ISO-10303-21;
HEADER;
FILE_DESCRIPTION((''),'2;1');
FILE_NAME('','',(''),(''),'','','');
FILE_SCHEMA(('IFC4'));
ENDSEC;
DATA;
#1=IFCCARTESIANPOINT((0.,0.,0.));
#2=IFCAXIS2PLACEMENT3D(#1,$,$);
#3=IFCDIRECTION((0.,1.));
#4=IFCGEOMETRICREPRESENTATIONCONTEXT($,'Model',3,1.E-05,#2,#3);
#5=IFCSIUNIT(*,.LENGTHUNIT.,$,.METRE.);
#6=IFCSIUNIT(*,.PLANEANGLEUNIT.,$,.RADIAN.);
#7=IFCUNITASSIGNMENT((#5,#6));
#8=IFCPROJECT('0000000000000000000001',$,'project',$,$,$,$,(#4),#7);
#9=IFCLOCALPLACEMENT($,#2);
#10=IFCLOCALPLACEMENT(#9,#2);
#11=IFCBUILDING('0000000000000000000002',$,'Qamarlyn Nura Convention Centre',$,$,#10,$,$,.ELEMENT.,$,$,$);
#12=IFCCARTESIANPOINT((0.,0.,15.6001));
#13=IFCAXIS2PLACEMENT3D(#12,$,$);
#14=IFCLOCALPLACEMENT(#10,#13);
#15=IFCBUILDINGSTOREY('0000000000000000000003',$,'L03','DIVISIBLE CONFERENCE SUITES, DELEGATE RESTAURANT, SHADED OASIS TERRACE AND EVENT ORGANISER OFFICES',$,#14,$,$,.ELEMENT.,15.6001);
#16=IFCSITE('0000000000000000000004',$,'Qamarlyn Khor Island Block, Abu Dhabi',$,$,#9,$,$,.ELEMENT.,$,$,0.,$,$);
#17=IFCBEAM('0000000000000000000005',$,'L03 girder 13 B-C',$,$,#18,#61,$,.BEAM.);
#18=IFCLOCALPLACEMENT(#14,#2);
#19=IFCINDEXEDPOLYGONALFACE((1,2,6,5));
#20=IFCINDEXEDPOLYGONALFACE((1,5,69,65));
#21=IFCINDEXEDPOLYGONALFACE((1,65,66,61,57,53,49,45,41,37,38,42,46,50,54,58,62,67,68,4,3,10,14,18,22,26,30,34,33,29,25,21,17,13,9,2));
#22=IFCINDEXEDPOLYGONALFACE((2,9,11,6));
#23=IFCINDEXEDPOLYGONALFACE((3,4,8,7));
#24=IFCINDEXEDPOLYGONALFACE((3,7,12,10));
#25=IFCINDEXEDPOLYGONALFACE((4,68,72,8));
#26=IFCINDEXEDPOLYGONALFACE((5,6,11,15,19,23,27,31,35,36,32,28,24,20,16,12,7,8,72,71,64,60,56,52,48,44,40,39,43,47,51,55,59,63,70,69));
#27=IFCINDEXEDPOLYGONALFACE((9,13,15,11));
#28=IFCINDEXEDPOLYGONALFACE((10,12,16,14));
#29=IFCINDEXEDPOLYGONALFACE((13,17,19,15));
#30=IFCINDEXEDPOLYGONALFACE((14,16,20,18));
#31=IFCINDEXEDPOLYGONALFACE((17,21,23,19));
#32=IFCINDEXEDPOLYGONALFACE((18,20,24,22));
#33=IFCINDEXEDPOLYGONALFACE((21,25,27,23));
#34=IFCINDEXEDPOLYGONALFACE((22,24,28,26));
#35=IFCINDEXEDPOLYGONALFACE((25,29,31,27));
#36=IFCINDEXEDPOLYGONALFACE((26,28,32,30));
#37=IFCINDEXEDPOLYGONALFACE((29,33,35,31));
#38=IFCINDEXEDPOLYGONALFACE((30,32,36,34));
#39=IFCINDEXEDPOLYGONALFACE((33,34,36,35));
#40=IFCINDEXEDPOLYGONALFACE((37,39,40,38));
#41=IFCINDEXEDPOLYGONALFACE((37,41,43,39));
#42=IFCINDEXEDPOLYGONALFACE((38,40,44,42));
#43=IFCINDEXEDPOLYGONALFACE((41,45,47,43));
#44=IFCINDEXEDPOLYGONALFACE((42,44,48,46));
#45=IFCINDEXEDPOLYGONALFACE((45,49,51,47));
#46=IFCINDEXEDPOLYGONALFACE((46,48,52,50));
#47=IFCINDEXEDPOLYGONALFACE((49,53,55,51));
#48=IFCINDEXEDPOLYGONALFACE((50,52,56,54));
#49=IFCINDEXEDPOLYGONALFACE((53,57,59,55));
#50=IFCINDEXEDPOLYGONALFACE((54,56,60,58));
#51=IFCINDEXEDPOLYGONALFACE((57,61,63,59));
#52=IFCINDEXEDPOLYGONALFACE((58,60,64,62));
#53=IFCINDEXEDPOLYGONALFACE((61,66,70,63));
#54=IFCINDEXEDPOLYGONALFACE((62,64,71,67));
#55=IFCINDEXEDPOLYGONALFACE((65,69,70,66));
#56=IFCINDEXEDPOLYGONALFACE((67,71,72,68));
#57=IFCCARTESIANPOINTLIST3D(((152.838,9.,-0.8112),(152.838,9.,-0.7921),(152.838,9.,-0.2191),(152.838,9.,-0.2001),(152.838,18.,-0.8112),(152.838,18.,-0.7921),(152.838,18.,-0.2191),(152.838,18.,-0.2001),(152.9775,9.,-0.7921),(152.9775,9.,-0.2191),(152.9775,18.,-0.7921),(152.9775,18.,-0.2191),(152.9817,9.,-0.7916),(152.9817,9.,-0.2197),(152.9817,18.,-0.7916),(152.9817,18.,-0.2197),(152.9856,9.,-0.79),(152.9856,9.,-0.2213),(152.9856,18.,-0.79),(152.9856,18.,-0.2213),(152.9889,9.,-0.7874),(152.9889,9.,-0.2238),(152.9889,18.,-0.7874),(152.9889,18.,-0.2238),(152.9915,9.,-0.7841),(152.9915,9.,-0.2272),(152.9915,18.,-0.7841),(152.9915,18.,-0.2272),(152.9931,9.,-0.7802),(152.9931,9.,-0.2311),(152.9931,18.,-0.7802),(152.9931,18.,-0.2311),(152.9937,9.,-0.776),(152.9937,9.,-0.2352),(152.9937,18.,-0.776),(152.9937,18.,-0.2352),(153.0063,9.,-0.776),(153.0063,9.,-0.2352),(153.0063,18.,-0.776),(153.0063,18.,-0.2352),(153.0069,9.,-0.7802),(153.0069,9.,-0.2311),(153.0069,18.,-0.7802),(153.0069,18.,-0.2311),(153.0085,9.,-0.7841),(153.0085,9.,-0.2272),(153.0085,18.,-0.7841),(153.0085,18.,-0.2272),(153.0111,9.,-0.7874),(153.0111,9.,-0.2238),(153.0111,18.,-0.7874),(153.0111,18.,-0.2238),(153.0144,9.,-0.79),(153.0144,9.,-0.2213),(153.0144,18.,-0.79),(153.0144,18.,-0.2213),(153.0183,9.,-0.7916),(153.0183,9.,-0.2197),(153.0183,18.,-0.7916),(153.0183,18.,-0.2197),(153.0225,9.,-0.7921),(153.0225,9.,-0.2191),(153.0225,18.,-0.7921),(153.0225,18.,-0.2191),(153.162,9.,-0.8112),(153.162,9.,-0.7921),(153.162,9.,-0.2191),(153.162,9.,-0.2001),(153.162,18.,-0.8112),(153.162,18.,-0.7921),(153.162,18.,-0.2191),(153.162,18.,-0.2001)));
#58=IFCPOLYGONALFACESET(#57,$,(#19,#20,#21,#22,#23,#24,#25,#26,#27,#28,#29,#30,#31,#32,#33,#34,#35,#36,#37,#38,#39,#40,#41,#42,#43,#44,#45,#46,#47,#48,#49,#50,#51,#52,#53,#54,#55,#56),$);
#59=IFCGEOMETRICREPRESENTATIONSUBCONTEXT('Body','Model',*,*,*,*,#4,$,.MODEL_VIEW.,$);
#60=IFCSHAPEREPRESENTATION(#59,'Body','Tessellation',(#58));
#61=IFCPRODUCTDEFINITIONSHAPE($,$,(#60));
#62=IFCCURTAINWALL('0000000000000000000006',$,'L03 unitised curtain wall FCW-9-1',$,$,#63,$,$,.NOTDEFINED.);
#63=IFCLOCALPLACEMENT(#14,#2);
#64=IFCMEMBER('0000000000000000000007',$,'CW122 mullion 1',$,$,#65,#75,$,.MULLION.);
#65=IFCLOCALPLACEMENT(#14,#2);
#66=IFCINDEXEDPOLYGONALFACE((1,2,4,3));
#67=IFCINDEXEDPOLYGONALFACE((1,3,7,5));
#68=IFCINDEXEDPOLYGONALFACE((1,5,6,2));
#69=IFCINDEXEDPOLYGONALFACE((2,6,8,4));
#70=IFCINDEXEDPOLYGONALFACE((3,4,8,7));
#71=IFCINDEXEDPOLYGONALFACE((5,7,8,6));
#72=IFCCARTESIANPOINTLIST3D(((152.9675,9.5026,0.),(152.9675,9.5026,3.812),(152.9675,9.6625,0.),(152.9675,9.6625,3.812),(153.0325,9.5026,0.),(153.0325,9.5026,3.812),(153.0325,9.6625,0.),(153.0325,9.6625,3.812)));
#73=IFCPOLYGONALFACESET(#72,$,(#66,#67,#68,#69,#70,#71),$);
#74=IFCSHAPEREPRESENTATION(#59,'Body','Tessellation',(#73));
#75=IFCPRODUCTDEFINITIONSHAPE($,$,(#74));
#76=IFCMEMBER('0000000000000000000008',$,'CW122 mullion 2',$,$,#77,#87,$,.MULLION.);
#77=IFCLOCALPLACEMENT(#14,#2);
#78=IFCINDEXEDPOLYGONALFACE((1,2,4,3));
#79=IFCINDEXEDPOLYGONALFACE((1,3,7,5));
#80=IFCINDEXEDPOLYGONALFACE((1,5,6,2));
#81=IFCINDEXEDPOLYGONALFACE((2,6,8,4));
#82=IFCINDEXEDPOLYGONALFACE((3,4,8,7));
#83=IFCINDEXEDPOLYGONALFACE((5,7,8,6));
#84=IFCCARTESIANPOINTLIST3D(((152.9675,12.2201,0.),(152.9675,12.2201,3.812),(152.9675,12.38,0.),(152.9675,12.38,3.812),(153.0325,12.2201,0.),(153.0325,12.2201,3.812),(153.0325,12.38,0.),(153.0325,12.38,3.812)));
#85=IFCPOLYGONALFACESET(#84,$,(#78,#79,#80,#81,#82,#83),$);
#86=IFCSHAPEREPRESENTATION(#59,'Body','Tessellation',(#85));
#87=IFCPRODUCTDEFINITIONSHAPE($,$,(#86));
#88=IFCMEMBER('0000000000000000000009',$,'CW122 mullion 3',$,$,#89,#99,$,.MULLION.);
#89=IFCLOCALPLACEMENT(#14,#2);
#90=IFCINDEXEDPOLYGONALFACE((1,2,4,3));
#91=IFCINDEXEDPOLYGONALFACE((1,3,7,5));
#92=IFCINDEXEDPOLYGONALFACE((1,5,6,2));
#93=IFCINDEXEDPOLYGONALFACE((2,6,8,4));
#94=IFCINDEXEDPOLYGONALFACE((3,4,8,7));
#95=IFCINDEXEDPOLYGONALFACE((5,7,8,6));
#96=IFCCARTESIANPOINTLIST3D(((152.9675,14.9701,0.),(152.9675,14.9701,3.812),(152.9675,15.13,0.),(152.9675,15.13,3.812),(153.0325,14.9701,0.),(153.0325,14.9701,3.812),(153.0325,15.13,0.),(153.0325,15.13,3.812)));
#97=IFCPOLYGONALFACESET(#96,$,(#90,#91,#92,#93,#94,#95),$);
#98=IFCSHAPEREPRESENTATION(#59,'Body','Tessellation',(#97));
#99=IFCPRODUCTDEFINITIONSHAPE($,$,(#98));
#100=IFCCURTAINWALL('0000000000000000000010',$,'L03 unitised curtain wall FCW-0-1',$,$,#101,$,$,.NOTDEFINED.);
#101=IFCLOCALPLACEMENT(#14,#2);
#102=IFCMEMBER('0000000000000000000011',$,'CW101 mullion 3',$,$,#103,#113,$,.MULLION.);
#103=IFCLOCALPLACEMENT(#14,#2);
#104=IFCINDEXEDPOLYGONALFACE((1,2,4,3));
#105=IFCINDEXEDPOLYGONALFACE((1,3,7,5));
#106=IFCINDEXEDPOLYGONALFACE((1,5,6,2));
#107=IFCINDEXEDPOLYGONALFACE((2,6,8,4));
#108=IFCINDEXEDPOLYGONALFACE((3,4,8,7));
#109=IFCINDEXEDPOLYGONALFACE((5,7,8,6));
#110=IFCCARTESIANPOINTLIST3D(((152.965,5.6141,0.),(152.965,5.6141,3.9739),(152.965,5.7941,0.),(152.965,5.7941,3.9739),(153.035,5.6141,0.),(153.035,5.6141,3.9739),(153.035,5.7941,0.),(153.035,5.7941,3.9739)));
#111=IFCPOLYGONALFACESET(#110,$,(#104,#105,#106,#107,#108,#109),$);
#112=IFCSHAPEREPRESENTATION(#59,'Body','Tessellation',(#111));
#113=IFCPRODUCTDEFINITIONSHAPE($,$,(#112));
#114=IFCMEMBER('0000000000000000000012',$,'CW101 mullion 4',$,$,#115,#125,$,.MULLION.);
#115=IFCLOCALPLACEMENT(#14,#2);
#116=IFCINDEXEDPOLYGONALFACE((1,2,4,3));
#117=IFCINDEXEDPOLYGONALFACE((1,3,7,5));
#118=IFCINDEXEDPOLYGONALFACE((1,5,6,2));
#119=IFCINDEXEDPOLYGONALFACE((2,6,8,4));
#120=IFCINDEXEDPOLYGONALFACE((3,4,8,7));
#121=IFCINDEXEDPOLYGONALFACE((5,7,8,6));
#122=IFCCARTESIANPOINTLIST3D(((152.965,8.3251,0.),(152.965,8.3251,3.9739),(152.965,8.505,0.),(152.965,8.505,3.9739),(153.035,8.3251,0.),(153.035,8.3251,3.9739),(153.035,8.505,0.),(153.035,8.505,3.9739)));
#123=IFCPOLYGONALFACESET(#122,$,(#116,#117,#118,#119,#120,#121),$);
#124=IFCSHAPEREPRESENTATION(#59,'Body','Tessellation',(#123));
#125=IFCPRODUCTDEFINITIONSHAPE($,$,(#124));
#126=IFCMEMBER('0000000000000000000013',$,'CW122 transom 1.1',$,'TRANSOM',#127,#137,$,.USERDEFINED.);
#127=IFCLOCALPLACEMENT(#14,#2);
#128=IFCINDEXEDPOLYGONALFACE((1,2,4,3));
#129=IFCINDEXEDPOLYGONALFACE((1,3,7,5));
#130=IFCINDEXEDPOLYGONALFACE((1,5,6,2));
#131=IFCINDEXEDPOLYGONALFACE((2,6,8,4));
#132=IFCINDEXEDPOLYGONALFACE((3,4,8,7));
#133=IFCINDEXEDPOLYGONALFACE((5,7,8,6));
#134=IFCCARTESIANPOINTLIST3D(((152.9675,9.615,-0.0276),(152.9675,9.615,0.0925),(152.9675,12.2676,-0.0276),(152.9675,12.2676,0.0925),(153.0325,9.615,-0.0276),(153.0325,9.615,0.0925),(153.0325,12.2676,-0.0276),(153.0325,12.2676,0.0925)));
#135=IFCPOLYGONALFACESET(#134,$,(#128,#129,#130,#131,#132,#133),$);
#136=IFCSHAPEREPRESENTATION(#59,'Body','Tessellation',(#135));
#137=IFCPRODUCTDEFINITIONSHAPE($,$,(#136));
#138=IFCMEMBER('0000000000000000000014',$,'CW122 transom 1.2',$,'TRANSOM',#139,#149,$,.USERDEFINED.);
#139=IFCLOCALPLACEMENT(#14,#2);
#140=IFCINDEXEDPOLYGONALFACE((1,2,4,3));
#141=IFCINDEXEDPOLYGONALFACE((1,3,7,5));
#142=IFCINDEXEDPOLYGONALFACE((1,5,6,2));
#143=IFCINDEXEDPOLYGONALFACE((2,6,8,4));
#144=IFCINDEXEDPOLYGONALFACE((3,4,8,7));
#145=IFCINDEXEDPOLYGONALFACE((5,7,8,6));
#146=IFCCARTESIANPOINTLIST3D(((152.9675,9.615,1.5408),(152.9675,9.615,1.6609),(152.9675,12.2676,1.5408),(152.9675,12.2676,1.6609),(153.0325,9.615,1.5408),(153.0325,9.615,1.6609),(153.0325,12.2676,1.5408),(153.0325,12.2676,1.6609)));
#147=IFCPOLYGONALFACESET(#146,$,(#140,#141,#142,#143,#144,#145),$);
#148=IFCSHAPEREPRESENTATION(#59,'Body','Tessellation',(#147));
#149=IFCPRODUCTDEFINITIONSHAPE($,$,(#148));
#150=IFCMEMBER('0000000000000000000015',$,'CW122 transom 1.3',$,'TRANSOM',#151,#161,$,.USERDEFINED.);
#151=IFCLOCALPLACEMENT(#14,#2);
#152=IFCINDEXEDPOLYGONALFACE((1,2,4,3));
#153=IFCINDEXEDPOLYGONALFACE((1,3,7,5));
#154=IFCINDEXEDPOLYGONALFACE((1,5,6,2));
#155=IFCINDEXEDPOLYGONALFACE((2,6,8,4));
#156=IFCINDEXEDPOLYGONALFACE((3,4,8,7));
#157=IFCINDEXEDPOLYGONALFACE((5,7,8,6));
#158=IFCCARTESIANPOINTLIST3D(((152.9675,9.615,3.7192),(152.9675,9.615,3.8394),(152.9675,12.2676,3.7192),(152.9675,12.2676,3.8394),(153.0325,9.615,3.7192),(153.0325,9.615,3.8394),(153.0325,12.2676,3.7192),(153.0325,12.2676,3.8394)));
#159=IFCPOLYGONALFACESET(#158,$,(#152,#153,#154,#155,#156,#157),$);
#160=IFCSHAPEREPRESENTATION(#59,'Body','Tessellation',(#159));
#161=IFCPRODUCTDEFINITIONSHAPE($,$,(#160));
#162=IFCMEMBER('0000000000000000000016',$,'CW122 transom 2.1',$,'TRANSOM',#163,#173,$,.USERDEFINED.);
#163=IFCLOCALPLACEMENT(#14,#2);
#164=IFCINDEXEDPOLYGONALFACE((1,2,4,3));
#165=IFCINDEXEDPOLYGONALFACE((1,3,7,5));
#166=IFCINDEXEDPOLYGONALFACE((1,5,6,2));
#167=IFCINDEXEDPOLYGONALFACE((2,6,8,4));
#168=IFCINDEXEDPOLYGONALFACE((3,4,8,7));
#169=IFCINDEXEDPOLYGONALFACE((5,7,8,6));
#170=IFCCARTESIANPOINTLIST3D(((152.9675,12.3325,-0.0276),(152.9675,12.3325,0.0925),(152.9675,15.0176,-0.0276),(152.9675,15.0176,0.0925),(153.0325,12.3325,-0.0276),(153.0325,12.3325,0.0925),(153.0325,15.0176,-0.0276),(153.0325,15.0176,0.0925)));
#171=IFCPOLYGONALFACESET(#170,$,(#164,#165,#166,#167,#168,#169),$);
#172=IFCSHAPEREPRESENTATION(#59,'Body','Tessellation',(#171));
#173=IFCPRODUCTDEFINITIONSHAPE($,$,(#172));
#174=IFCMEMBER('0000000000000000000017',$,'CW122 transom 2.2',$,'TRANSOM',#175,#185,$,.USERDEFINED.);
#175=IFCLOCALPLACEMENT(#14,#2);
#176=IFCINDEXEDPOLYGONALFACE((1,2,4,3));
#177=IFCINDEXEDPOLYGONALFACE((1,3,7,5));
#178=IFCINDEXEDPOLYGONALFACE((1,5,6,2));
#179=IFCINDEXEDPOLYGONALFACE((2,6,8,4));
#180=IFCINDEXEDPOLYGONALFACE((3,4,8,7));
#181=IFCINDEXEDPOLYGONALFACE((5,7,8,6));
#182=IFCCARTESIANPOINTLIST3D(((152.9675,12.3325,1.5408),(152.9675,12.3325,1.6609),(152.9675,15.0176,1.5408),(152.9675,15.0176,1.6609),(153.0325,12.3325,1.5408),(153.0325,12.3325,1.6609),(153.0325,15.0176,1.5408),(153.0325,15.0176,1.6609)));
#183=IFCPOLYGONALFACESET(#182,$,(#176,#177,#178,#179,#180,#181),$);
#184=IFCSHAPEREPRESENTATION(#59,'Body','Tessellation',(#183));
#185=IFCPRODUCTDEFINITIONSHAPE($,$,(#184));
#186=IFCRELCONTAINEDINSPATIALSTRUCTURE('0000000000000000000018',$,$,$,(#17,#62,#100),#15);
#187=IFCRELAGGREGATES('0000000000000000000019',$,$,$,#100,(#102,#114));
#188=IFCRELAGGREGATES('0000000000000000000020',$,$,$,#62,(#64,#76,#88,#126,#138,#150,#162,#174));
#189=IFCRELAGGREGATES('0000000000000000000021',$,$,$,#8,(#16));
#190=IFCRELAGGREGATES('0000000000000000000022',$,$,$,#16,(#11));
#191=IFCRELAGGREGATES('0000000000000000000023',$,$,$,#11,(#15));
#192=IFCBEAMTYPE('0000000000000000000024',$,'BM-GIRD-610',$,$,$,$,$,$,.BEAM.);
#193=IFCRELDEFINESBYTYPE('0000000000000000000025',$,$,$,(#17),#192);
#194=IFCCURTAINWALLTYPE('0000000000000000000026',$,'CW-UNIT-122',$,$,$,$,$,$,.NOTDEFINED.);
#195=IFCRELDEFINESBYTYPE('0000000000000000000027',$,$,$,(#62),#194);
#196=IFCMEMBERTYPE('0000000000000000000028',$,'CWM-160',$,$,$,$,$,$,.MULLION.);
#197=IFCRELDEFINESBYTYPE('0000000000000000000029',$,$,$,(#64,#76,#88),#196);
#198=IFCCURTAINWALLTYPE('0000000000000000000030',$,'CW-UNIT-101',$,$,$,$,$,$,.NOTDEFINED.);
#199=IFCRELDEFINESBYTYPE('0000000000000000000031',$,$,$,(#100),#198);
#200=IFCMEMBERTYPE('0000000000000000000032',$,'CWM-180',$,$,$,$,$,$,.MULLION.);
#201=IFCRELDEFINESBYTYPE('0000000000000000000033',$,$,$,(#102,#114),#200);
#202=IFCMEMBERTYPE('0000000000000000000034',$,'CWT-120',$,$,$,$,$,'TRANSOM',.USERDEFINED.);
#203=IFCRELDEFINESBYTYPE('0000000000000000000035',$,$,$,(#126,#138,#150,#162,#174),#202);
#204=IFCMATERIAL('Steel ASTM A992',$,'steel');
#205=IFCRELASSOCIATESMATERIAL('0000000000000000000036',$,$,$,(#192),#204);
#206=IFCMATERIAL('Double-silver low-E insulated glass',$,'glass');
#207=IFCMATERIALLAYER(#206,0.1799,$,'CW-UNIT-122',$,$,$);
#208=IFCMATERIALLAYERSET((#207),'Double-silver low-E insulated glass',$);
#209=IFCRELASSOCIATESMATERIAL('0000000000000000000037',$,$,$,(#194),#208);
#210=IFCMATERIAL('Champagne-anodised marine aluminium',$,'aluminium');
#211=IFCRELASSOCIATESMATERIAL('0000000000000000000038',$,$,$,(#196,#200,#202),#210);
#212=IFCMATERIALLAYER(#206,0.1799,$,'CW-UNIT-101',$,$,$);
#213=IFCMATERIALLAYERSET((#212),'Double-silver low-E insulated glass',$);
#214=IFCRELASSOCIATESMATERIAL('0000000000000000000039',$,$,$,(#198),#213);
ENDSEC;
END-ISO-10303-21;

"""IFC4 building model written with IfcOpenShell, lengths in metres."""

from ifc_helpers import new_model, si_unit, direction, frame, origin, origin_2d, place, context, subcontext, project, spatial, rectangle, i_section, extrude, material, layer, layer_set, material_profile, profile_set, type_object, element, aggregate, save


model = new_model("IFC4")

# Units and contexts
model_context = context("Model", 3, precision=1e-05, world=origin(), true_north=direction((0.0, 1.0)))
body_context = subcontext(model_context, "Body", "Model", "MODEL_VIEW")
ifc_project = project(units=[si_unit("LENGTHUNIT", "METRE"), si_unit("PLANEANGLEUNIT", "RADIAN")], contexts=[model_context])

# Site, building, storey
site_placement = place(None, origin())
site = spatial("IfcSite", under=ifc_project, at=site_placement, Name="Qamarlyn Khor Island Block, Abu Dhabi", CompositionType="ELEMENT", RefElevation=0.0)
building_placement = place(site_placement, origin())
building = spatial("IfcBuilding", under=site, at=building_placement, Name="Qamarlyn Nura Convention Centre", CompositionType="ELEMENT")
storey_placement = place(building_placement, frame((0.0, 0.0, 15.6001)))
storey = spatial("IfcBuildingStorey", under=building, at=storey_placement, Name="L03", Description="DIVISIBLE CONFERENCE SUITES, DELEGATE RESTAURANT, SHADED OASIS TERRACE AND EVENT ORGANISER OFFICES", CompositionType="ELEMENT", Elevation=15.6001)

# Beam
ifc_material_1 = material(Name="Steel ASTM A992", Category="steel")
ifc_material_profile_1 = material_profile(ifc_material_1, i_section(OverallWidth=0.324, OverallDepth=0.6111, WebThickness=0.0127, FlangeThickness=0.019, FilletRadius=0.0161, at=origin_2d()), Name="W610X155")
ifc_profile_set_1 = profile_set([ifc_material_profile_1], Name="Steel ASTM A992")
beam_type = type_object("IfcBeamType", Name="BM-GIRD-610", PredefinedType="BEAM", material=ifc_profile_set_1)
beam_placement = place(storey_placement, frame((153.0, 9.0, -0.5056), z_axis=(0.0, 1.0, 0.0), x_axis=(-1.0, 0.0, 0.0)))
element("IfcBeam", 1, at=beam_placement, inside=storey, type_object=beam_type, Name="L03 girder 13 B-C", PredefinedType="BEAM", context=body_context, shape_type="SweptSolid", body=[
    extrude(i_section(OverallWidth=0.324, OverallDepth=0.6111, WebThickness=0.0127, FlangeThickness=0.019, FilletRadius=0.0161, at=origin_2d()), origin(), (0.0, 0.0, 1.0), 9.0),
])

# Curtain walls, members
ifc_material_2 = material(Name="Double-silver low-E insulated glass", Category="glass")
ifc_layer_1 = layer(ifc_material_2, 0.1799, Name="CW-UNIT-122")
ifc_layer_set_1 = layer_set([ifc_layer_1], Name="Double-silver low-E insulated glass")
curtain_wall_type_1 = type_object("IfcCurtainWallType", Name="CW-UNIT-122", PredefinedType="NOTDEFINED", material=ifc_layer_set_1)
curtain_wall_1_placement = place(storey_placement, origin())
curtain_wall_1 = element("IfcCurtainWall", 2, at=curtain_wall_1_placement, inside=storey, type_object=curtain_wall_type_1, Name="L03 unitised curtain wall FCW-9-1", PredefinedType="NOTDEFINED")
ifc_material_3 = material(Name="Champagne-anodised marine aluminium", Category="aluminium")
ifc_material_profile_2 = material_profile(ifc_material_3, rectangle(XDim=0.0649, YDim=0.1599, at=origin_2d()), Name="ALU MULLION 65x160")
ifc_profile_set_2 = profile_set([ifc_material_profile_2], Name="Champagne-anodised marine aluminium")
member_type_1 = type_object("IfcMemberType", Name="CWM-160", PredefinedType="MULLION", material=ifc_profile_set_2)
member_1_placement = place(storey_placement, frame((153.0, 9.5825, 0.0), z_axis=(0.0, 0.0, 1.0), x_axis=(-1.0, 0.0, 0.0)))
member_1 = element("IfcMember", 3, at=member_1_placement, type_object=member_type_1, Name="CW122 mullion 1", PredefinedType="MULLION", context=body_context, shape_type="SweptSolid", body=[
    extrude(rectangle(XDim=0.0649, YDim=0.1599, at=origin_2d()), origin(), (0.0, 0.0, 1.0), 3.812),
])
member_2_placement = place(storey_placement, frame((153.0, 12.3, 0.0), z_axis=(0.0, 0.0, 1.0), x_axis=(-1.0, 0.0, 0.0)))
member_2 = element("IfcMember", 4, at=member_2_placement, type_object=member_type_1, Name="CW122 mullion 2", PredefinedType="MULLION", context=body_context, shape_type="SweptSolid", body=[
    extrude(rectangle(XDim=0.0649, YDim=0.1599, at=origin_2d()), origin(), (0.0, 0.0, 1.0), 3.812),
])
member_3_placement = place(storey_placement, frame((153.0, 15.05, 0.0), z_axis=(0.0, 0.0, 1.0), x_axis=(-1.0, 0.0, 0.0)))
member_3 = element("IfcMember", 5, at=member_3_placement, type_object=member_type_1, Name="CW122 mullion 3", PredefinedType="MULLION", context=body_context, shape_type="SweptSolid", body=[
    extrude(rectangle(XDim=0.0649, YDim=0.1599, at=origin_2d()), origin(), (0.0, 0.0, 1.0), 3.812),
])
ifc_layer_2 = layer(ifc_material_2, 0.1799, Name="CW-UNIT-101")
ifc_layer_set_2 = layer_set([ifc_layer_2], Name="Double-silver low-E insulated glass")
curtain_wall_type_2 = type_object("IfcCurtainWallType", Name="CW-UNIT-101", PredefinedType="NOTDEFINED", material=ifc_layer_set_2)
curtain_wall_2_placement = place(storey_placement, origin())
curtain_wall_2 = element("IfcCurtainWall", 6, at=curtain_wall_2_placement, inside=storey, type_object=curtain_wall_type_2, Name="L03 unitised curtain wall FCW-0-1", PredefinedType="NOTDEFINED")
ifc_material_profile_3 = material_profile(ifc_material_3, rectangle(XDim=0.0701, YDim=0.1799, at=origin_2d()), Name="ALU MULLION 70x180")
ifc_profile_set_3 = profile_set([ifc_material_profile_3], Name="Champagne-anodised marine aluminium")
member_type_2 = type_object("IfcMemberType", Name="CWM-180", PredefinedType="MULLION", material=ifc_profile_set_3)
member_4_placement = place(storey_placement, frame((153.0, 5.7041, 0.0), z_axis=(0.0, 0.0, 1.0), x_axis=(-1.0, 0.0, 0.0)))
member_4 = element("IfcMember", 7, at=member_4_placement, type_object=member_type_2, Name="CW101 mullion 3", PredefinedType="MULLION", context=body_context, shape_type="SweptSolid", body=[
    extrude(rectangle(XDim=0.0701, YDim=0.1799, at=origin_2d()), origin(), (0.0, 0.0, 1.0), 3.9739),
])
member_5_placement = place(storey_placement, frame((153.0, 8.415, 0.0), z_axis=(0.0, 0.0, 1.0), x_axis=(-1.0, 0.0, 0.0)))
member_5 = element("IfcMember", 8, at=member_5_placement, type_object=member_type_2, Name="CW101 mullion 4", PredefinedType="MULLION", context=body_context, shape_type="SweptSolid", body=[
    extrude(rectangle(XDim=0.0701, YDim=0.1799, at=origin_2d()), origin(), (0.0, 0.0, 1.0), 3.9739),
])

# Members
ifc_material_profile_4 = material_profile(ifc_material_3, rectangle(XDim=0.0649, YDim=0.1201, at=origin_2d()), Name="ALU TRANSOM 65x120")
ifc_profile_set_4 = profile_set([ifc_material_profile_4], Name="Champagne-anodised marine aluminium")
member_type_3 = type_object("IfcMemberType", Name="CWT-120", ElementType="TRANSOM", PredefinedType="USERDEFINED", material=ifc_profile_set_4)
member_6_placement = place(storey_placement, frame((153.0, 9.615, 0.0325), z_axis=(0.0, 1.0, 0.0), x_axis=(-1.0, 0.0, 0.0)))
member_6 = element("IfcMember", 9, at=member_6_placement, type_object=member_type_3, Name="CW122 transom 1.1", ObjectType="TRANSOM", PredefinedType="USERDEFINED", context=body_context, shape_type="SweptSolid", body=[
    extrude(rectangle(XDim=0.0649, YDim=0.1201, at=origin_2d()), origin(), (0.0, 0.0, 1.0), 2.6526),
])
member_7_placement = place(storey_placement, frame((153.0, 9.615, 1.6008), z_axis=(0.0, 1.0, 0.0), x_axis=(-1.0, 0.0, 0.0)))
member_7 = element("IfcMember", 10, at=member_7_placement, type_object=member_type_3, Name="CW122 transom 1.2", ObjectType="TRANSOM", PredefinedType="USERDEFINED", context=body_context, shape_type="SweptSolid", body=[
    extrude(rectangle(XDim=0.0649, YDim=0.1201, at=origin_2d()), origin(), (0.0, 0.0, 1.0), 2.6526),
])
member_8_placement = place(storey_placement, frame((153.0, 9.615, 3.7793), z_axis=(0.0, 1.0, 0.0), x_axis=(-1.0, 0.0, 0.0)))
member_8 = element("IfcMember", 11, at=member_8_placement, type_object=member_type_3, Name="CW122 transom 1.3", ObjectType="TRANSOM", PredefinedType="USERDEFINED", context=body_context, shape_type="SweptSolid", body=[
    extrude(rectangle(XDim=0.0649, YDim=0.1201, at=origin_2d()), origin(), (0.0, 0.0, 1.0), 2.6526),
])
member_9_placement = place(storey_placement, frame((153.0, 12.3325, 0.0325), z_axis=(0.0, 1.0, 0.0), x_axis=(-1.0, 0.0, 0.0)))
member_9 = element("IfcMember", 12, at=member_9_placement, type_object=member_type_3, Name="CW122 transom 2.1", ObjectType="TRANSOM", PredefinedType="USERDEFINED", context=body_context, shape_type="SweptSolid", body=[
    extrude(rectangle(XDim=0.0649, YDim=0.1201, at=origin_2d()), origin(), (0.0, 0.0, 1.0), 2.6851),
])
member_10_placement = place(storey_placement, frame((153.0, 12.3325, 1.6008), z_axis=(0.0, 1.0, 0.0), x_axis=(-1.0, 0.0, 0.0)))
member_10 = element("IfcMember", 13, at=member_10_placement, type_object=member_type_3, Name="CW122 transom 2.2", ObjectType="TRANSOM", PredefinedType="USERDEFINED", context=body_context, shape_type="SweptSolid", body=[
    extrude(rectangle(XDim=0.0649, YDim=0.1201, at=origin_2d()), origin(), (0.0, 0.0, 1.0), 2.6851),
])

aggregate(curtain_wall_2, [member_4, member_5])
aggregate(curtain_wall_1, [member_1, member_2, member_3, member_6, member_7, member_8, member_9, member_10])

save(model, "model.ifc")
